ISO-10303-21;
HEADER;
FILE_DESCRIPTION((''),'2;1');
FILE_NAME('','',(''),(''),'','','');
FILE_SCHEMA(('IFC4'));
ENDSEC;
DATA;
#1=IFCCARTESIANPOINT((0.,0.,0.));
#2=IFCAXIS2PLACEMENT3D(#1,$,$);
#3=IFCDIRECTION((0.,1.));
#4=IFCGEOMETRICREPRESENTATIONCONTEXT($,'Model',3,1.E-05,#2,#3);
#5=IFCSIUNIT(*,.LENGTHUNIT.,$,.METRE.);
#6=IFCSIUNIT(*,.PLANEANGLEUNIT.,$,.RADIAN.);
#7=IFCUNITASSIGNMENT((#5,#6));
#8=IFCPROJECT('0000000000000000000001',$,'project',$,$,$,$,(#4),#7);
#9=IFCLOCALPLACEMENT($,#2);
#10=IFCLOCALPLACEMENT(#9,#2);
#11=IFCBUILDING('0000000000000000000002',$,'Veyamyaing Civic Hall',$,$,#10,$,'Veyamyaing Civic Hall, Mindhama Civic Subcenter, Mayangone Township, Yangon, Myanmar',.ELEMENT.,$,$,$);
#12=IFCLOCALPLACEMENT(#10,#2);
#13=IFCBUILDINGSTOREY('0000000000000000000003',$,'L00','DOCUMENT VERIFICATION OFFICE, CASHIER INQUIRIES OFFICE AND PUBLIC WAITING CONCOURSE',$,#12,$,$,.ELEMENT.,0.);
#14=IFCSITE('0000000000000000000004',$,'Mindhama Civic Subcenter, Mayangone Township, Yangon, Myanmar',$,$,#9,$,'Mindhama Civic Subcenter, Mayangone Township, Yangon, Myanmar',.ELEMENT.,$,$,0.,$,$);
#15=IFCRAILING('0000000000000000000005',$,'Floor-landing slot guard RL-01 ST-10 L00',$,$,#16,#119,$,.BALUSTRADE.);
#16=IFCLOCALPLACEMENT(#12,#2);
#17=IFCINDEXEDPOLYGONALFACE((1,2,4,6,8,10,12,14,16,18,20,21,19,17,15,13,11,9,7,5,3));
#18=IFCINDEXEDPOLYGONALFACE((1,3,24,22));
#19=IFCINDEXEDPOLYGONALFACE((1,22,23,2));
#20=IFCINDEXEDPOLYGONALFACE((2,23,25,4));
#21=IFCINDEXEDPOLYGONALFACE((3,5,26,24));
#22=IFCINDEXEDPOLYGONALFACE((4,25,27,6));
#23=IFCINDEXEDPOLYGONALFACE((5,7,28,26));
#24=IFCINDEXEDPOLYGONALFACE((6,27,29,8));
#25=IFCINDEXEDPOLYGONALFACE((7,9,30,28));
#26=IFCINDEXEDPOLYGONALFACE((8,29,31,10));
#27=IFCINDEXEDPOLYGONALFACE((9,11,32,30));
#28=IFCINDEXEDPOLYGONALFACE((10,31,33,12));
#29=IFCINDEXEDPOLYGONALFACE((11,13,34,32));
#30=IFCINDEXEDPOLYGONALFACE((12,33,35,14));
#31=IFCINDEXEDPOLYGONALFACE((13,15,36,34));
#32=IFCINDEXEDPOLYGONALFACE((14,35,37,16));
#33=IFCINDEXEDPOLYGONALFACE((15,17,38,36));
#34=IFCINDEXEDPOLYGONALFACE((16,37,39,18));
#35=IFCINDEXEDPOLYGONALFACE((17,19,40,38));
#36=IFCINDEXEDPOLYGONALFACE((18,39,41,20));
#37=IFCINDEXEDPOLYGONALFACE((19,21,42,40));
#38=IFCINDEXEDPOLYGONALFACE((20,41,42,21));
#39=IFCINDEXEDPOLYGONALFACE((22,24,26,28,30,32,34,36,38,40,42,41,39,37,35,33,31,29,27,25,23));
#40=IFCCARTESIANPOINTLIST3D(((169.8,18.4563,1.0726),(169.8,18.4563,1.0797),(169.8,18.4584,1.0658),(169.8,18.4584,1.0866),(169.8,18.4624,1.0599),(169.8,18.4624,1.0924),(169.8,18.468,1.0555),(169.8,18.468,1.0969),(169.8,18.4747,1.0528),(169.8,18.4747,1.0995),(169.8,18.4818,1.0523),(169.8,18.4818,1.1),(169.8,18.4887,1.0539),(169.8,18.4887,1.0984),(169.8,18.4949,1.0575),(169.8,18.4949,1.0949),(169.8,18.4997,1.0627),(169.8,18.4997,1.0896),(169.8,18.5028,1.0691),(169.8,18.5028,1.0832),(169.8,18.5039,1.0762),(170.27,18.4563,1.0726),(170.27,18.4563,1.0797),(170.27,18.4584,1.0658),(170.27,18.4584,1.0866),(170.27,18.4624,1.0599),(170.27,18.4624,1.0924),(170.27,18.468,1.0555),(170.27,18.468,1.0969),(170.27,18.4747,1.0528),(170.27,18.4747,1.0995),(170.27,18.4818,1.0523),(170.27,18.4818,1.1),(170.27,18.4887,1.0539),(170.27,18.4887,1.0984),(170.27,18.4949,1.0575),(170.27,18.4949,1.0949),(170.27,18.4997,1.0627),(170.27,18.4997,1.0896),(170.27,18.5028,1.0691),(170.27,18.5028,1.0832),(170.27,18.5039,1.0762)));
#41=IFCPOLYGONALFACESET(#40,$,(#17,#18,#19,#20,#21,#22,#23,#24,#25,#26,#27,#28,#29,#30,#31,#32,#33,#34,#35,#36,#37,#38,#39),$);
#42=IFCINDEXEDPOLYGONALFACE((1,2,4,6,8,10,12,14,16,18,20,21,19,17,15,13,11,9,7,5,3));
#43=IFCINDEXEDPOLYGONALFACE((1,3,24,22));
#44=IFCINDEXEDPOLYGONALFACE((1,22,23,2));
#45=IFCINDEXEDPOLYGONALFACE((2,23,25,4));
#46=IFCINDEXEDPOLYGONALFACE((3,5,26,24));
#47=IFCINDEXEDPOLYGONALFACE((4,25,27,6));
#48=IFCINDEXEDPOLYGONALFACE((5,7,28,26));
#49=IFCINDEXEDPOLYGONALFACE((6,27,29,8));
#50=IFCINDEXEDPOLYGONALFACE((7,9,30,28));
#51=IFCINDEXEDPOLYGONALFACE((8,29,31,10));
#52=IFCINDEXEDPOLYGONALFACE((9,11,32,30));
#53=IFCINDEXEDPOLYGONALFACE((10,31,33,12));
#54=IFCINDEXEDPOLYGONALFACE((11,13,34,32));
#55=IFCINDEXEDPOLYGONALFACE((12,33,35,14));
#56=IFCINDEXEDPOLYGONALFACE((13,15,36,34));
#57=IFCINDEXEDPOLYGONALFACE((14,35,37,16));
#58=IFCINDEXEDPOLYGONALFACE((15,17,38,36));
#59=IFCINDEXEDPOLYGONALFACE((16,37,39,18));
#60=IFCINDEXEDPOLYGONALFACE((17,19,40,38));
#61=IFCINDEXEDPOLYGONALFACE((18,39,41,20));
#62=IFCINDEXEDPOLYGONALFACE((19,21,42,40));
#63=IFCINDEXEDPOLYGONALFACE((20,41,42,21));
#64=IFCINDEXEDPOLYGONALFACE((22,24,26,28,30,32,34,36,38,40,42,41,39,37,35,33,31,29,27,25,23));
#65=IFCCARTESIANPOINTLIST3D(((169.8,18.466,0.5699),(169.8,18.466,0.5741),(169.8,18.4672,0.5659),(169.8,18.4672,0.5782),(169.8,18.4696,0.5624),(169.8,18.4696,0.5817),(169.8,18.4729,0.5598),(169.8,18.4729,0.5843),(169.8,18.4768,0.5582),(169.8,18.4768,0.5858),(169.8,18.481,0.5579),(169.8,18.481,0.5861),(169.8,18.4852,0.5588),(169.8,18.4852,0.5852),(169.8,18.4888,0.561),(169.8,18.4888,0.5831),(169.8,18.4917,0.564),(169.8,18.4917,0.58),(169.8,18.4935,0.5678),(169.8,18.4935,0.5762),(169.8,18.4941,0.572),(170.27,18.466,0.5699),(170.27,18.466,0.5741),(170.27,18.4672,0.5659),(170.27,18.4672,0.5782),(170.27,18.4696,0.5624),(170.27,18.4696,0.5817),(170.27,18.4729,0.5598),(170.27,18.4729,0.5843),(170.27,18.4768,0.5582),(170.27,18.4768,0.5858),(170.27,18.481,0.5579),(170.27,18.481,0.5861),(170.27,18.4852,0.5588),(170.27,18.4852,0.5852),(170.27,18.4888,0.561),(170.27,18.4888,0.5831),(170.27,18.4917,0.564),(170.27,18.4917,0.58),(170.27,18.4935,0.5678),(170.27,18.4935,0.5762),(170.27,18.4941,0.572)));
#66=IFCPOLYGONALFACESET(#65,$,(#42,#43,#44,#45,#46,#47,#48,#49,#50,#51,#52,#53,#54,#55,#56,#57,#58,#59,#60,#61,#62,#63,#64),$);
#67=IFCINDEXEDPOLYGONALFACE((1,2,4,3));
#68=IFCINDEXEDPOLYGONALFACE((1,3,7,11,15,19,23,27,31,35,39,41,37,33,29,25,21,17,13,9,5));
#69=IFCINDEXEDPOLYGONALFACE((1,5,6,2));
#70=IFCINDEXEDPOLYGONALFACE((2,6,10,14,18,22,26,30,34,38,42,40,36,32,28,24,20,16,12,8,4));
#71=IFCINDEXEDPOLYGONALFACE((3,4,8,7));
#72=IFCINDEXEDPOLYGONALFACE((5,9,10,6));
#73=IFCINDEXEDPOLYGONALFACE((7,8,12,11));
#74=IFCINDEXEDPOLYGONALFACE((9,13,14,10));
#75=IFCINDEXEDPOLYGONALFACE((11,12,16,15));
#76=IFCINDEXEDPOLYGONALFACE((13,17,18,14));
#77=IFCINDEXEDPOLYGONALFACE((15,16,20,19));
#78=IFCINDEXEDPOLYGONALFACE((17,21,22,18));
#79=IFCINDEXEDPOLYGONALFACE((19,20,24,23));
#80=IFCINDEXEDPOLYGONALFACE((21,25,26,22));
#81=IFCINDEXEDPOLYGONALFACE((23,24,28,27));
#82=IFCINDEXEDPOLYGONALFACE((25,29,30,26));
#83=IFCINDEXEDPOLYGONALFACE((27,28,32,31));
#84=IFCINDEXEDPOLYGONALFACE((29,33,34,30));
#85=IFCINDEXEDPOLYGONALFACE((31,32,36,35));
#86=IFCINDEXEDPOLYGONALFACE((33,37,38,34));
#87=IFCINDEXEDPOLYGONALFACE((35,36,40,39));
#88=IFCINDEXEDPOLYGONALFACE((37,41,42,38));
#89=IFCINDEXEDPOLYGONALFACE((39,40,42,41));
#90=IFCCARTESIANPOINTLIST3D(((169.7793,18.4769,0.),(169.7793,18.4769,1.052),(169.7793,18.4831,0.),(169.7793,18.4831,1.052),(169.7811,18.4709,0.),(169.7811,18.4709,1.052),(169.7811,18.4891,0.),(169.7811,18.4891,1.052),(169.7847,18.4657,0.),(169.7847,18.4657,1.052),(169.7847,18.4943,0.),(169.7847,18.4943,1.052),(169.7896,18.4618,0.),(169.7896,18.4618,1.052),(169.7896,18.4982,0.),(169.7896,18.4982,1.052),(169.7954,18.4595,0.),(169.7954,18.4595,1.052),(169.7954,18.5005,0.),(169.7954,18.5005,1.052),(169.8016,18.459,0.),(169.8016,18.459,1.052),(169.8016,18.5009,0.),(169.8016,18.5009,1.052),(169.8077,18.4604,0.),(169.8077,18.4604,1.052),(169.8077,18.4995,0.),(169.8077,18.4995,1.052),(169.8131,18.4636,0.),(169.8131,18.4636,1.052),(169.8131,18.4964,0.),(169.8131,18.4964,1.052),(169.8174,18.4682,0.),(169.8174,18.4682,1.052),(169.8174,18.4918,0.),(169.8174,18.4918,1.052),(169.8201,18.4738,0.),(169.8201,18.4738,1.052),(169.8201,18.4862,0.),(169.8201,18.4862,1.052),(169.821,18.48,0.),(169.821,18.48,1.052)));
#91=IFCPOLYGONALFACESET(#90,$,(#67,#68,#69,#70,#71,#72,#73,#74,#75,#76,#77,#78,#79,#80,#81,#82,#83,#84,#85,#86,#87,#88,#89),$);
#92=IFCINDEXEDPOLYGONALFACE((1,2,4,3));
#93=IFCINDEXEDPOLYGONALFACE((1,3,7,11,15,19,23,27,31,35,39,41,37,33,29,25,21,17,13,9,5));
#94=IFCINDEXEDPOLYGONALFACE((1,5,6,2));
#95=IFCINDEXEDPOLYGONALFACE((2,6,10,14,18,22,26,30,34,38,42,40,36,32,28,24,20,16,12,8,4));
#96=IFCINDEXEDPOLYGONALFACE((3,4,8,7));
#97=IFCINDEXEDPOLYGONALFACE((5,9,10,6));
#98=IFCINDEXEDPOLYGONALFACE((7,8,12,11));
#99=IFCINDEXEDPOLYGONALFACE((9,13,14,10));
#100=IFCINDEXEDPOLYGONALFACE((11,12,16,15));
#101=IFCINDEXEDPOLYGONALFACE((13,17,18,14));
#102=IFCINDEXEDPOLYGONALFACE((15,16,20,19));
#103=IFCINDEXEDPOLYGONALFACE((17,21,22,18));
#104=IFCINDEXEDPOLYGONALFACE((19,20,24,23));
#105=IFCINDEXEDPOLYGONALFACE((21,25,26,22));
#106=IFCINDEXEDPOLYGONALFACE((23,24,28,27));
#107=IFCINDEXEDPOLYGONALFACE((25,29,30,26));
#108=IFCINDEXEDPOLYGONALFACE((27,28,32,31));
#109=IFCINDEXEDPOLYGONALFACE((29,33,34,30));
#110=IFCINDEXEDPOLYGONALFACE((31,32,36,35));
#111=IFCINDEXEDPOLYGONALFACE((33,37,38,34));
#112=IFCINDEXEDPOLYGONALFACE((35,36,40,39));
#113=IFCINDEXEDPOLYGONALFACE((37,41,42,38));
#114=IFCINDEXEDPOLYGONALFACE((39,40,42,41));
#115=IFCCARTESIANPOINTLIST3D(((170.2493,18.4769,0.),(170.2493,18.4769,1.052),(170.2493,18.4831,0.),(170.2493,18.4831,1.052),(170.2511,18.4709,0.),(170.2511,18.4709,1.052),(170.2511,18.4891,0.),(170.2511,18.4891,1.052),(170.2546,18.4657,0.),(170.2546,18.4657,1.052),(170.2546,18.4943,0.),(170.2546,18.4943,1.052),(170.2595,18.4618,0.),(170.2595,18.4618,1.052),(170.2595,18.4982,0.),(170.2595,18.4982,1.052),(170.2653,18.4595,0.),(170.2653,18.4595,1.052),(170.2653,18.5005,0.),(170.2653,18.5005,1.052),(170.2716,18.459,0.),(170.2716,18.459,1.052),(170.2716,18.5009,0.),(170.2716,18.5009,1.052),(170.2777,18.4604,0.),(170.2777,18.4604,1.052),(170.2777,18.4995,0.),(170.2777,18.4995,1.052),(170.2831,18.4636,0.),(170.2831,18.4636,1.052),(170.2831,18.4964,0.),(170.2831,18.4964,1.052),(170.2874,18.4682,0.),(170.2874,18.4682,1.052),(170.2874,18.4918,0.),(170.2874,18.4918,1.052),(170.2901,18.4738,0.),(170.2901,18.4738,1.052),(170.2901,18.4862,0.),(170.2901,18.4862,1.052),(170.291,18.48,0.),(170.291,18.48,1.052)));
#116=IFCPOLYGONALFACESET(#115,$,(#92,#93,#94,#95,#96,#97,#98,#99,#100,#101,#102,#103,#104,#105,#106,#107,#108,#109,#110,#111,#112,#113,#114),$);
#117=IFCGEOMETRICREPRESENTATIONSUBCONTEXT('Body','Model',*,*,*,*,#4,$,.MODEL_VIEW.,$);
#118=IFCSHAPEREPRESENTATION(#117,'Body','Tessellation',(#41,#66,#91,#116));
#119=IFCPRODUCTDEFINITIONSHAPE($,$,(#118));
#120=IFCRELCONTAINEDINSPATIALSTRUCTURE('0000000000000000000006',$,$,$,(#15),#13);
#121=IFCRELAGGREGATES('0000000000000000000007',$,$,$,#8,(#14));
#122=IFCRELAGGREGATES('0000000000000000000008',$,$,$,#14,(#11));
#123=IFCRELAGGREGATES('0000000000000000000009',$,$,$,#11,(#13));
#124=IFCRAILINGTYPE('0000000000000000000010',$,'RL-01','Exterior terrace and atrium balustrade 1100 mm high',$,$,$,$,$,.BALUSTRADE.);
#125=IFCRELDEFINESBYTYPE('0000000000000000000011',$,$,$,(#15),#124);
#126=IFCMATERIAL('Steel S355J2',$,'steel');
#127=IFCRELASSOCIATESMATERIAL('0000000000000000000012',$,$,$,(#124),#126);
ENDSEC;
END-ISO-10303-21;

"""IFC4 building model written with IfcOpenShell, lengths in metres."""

from ifc_helpers import new_model, si_unit, direction, frame, origin, origin_2d, place, context, subcontext, project, spatial, circle, extrude, material, type_object, element, save


model = new_model("IFC4")

# Units and contexts
model_context = context("Model", 3, precision=1e-05, world=origin(), true_north=direction((0.0, 1.0)))
body_context = subcontext(model_context, "Body", "Model", "MODEL_VIEW")
ifc_project = project(units=[si_unit("LENGTHUNIT", "METRE"), si_unit("PLANEANGLEUNIT", "RADIAN")], contexts=[model_context])

# Site, building, storey
site_placement = place(None, origin())
site = spatial("IfcSite", under=ifc_project, at=site_placement, Name="Mindhama Civic Subcenter, Mayangone Township, Yangon, Myanmar", LongName="Mindhama Civic Subcenter, Mayangone Township, Yangon, Myanmar", CompositionType="ELEMENT", RefElevation=0.0)
building_placement = place(site_placement, origin())
building = spatial("IfcBuilding", under=site, at=building_placement, Name="Veyamyaing Civic Hall", LongName="Veyamyaing Civic Hall, Mindhama Civic Subcenter, Mayangone Township, Yangon, Myanmar", CompositionType="ELEMENT")
storey_placement = place(building_placement, origin())
storey = spatial("IfcBuildingStorey", under=building, at=storey_placement, Name="L00", Description="DOCUMENT VERIFICATION OFFICE, CASHIER INQUIRIES OFFICE AND PUBLIC WAITING CONCOURSE", CompositionType="ELEMENT", Elevation=0.0)

# Railing
ifc_material_1 = material(Name="Steel S355J2", Category="steel")
railing_type_1 = type_object("IfcRailingType", Name="RL-01", Description="Exterior terrace and atrium balustrade 1100 mm high", PredefinedType="BALUSTRADE", material=ifc_material_1)
railing_1_placement = place(storey_placement, frame((169.8, 18.48, 0.0)))
element("IfcRailing", 1, at=railing_1_placement, inside=storey, type_object=railing_type_1, Name="Floor-landing slot guard RL-01 ST-10 L00", PredefinedType="BALUSTRADE", context=body_context, shape_type="SweptSolid", body=[
    extrude(circle(Radius=0.0239, at=origin_2d()), frame((0.0, 0.0, 1.0762), z_axis=(1.0, 0.0, 0.0), x_axis=(0.0, 1.0, 0.0)), (0.0, 0.0, 1.0), 0.47),
    extrude(circle(Radius=0.0142, at=origin_2d()), frame((0.0, 0.0, 0.572), z_axis=(1.0, 0.0, 0.0), x_axis=(0.0, 1.0, 0.0)), (0.0, 0.0, 1.0), 0.47),
    extrude(circle(Radius=0.021, at=origin_2d()), origin(), (0.0, 0.0, 1.0), 1.052),
    extrude(circle(Radius=0.021, at=origin_2d()), frame((0.47, 0.0, 0.0)), (0.0, 0.0, 1.0), 1.052),
])

save(model, "model.ifc")
